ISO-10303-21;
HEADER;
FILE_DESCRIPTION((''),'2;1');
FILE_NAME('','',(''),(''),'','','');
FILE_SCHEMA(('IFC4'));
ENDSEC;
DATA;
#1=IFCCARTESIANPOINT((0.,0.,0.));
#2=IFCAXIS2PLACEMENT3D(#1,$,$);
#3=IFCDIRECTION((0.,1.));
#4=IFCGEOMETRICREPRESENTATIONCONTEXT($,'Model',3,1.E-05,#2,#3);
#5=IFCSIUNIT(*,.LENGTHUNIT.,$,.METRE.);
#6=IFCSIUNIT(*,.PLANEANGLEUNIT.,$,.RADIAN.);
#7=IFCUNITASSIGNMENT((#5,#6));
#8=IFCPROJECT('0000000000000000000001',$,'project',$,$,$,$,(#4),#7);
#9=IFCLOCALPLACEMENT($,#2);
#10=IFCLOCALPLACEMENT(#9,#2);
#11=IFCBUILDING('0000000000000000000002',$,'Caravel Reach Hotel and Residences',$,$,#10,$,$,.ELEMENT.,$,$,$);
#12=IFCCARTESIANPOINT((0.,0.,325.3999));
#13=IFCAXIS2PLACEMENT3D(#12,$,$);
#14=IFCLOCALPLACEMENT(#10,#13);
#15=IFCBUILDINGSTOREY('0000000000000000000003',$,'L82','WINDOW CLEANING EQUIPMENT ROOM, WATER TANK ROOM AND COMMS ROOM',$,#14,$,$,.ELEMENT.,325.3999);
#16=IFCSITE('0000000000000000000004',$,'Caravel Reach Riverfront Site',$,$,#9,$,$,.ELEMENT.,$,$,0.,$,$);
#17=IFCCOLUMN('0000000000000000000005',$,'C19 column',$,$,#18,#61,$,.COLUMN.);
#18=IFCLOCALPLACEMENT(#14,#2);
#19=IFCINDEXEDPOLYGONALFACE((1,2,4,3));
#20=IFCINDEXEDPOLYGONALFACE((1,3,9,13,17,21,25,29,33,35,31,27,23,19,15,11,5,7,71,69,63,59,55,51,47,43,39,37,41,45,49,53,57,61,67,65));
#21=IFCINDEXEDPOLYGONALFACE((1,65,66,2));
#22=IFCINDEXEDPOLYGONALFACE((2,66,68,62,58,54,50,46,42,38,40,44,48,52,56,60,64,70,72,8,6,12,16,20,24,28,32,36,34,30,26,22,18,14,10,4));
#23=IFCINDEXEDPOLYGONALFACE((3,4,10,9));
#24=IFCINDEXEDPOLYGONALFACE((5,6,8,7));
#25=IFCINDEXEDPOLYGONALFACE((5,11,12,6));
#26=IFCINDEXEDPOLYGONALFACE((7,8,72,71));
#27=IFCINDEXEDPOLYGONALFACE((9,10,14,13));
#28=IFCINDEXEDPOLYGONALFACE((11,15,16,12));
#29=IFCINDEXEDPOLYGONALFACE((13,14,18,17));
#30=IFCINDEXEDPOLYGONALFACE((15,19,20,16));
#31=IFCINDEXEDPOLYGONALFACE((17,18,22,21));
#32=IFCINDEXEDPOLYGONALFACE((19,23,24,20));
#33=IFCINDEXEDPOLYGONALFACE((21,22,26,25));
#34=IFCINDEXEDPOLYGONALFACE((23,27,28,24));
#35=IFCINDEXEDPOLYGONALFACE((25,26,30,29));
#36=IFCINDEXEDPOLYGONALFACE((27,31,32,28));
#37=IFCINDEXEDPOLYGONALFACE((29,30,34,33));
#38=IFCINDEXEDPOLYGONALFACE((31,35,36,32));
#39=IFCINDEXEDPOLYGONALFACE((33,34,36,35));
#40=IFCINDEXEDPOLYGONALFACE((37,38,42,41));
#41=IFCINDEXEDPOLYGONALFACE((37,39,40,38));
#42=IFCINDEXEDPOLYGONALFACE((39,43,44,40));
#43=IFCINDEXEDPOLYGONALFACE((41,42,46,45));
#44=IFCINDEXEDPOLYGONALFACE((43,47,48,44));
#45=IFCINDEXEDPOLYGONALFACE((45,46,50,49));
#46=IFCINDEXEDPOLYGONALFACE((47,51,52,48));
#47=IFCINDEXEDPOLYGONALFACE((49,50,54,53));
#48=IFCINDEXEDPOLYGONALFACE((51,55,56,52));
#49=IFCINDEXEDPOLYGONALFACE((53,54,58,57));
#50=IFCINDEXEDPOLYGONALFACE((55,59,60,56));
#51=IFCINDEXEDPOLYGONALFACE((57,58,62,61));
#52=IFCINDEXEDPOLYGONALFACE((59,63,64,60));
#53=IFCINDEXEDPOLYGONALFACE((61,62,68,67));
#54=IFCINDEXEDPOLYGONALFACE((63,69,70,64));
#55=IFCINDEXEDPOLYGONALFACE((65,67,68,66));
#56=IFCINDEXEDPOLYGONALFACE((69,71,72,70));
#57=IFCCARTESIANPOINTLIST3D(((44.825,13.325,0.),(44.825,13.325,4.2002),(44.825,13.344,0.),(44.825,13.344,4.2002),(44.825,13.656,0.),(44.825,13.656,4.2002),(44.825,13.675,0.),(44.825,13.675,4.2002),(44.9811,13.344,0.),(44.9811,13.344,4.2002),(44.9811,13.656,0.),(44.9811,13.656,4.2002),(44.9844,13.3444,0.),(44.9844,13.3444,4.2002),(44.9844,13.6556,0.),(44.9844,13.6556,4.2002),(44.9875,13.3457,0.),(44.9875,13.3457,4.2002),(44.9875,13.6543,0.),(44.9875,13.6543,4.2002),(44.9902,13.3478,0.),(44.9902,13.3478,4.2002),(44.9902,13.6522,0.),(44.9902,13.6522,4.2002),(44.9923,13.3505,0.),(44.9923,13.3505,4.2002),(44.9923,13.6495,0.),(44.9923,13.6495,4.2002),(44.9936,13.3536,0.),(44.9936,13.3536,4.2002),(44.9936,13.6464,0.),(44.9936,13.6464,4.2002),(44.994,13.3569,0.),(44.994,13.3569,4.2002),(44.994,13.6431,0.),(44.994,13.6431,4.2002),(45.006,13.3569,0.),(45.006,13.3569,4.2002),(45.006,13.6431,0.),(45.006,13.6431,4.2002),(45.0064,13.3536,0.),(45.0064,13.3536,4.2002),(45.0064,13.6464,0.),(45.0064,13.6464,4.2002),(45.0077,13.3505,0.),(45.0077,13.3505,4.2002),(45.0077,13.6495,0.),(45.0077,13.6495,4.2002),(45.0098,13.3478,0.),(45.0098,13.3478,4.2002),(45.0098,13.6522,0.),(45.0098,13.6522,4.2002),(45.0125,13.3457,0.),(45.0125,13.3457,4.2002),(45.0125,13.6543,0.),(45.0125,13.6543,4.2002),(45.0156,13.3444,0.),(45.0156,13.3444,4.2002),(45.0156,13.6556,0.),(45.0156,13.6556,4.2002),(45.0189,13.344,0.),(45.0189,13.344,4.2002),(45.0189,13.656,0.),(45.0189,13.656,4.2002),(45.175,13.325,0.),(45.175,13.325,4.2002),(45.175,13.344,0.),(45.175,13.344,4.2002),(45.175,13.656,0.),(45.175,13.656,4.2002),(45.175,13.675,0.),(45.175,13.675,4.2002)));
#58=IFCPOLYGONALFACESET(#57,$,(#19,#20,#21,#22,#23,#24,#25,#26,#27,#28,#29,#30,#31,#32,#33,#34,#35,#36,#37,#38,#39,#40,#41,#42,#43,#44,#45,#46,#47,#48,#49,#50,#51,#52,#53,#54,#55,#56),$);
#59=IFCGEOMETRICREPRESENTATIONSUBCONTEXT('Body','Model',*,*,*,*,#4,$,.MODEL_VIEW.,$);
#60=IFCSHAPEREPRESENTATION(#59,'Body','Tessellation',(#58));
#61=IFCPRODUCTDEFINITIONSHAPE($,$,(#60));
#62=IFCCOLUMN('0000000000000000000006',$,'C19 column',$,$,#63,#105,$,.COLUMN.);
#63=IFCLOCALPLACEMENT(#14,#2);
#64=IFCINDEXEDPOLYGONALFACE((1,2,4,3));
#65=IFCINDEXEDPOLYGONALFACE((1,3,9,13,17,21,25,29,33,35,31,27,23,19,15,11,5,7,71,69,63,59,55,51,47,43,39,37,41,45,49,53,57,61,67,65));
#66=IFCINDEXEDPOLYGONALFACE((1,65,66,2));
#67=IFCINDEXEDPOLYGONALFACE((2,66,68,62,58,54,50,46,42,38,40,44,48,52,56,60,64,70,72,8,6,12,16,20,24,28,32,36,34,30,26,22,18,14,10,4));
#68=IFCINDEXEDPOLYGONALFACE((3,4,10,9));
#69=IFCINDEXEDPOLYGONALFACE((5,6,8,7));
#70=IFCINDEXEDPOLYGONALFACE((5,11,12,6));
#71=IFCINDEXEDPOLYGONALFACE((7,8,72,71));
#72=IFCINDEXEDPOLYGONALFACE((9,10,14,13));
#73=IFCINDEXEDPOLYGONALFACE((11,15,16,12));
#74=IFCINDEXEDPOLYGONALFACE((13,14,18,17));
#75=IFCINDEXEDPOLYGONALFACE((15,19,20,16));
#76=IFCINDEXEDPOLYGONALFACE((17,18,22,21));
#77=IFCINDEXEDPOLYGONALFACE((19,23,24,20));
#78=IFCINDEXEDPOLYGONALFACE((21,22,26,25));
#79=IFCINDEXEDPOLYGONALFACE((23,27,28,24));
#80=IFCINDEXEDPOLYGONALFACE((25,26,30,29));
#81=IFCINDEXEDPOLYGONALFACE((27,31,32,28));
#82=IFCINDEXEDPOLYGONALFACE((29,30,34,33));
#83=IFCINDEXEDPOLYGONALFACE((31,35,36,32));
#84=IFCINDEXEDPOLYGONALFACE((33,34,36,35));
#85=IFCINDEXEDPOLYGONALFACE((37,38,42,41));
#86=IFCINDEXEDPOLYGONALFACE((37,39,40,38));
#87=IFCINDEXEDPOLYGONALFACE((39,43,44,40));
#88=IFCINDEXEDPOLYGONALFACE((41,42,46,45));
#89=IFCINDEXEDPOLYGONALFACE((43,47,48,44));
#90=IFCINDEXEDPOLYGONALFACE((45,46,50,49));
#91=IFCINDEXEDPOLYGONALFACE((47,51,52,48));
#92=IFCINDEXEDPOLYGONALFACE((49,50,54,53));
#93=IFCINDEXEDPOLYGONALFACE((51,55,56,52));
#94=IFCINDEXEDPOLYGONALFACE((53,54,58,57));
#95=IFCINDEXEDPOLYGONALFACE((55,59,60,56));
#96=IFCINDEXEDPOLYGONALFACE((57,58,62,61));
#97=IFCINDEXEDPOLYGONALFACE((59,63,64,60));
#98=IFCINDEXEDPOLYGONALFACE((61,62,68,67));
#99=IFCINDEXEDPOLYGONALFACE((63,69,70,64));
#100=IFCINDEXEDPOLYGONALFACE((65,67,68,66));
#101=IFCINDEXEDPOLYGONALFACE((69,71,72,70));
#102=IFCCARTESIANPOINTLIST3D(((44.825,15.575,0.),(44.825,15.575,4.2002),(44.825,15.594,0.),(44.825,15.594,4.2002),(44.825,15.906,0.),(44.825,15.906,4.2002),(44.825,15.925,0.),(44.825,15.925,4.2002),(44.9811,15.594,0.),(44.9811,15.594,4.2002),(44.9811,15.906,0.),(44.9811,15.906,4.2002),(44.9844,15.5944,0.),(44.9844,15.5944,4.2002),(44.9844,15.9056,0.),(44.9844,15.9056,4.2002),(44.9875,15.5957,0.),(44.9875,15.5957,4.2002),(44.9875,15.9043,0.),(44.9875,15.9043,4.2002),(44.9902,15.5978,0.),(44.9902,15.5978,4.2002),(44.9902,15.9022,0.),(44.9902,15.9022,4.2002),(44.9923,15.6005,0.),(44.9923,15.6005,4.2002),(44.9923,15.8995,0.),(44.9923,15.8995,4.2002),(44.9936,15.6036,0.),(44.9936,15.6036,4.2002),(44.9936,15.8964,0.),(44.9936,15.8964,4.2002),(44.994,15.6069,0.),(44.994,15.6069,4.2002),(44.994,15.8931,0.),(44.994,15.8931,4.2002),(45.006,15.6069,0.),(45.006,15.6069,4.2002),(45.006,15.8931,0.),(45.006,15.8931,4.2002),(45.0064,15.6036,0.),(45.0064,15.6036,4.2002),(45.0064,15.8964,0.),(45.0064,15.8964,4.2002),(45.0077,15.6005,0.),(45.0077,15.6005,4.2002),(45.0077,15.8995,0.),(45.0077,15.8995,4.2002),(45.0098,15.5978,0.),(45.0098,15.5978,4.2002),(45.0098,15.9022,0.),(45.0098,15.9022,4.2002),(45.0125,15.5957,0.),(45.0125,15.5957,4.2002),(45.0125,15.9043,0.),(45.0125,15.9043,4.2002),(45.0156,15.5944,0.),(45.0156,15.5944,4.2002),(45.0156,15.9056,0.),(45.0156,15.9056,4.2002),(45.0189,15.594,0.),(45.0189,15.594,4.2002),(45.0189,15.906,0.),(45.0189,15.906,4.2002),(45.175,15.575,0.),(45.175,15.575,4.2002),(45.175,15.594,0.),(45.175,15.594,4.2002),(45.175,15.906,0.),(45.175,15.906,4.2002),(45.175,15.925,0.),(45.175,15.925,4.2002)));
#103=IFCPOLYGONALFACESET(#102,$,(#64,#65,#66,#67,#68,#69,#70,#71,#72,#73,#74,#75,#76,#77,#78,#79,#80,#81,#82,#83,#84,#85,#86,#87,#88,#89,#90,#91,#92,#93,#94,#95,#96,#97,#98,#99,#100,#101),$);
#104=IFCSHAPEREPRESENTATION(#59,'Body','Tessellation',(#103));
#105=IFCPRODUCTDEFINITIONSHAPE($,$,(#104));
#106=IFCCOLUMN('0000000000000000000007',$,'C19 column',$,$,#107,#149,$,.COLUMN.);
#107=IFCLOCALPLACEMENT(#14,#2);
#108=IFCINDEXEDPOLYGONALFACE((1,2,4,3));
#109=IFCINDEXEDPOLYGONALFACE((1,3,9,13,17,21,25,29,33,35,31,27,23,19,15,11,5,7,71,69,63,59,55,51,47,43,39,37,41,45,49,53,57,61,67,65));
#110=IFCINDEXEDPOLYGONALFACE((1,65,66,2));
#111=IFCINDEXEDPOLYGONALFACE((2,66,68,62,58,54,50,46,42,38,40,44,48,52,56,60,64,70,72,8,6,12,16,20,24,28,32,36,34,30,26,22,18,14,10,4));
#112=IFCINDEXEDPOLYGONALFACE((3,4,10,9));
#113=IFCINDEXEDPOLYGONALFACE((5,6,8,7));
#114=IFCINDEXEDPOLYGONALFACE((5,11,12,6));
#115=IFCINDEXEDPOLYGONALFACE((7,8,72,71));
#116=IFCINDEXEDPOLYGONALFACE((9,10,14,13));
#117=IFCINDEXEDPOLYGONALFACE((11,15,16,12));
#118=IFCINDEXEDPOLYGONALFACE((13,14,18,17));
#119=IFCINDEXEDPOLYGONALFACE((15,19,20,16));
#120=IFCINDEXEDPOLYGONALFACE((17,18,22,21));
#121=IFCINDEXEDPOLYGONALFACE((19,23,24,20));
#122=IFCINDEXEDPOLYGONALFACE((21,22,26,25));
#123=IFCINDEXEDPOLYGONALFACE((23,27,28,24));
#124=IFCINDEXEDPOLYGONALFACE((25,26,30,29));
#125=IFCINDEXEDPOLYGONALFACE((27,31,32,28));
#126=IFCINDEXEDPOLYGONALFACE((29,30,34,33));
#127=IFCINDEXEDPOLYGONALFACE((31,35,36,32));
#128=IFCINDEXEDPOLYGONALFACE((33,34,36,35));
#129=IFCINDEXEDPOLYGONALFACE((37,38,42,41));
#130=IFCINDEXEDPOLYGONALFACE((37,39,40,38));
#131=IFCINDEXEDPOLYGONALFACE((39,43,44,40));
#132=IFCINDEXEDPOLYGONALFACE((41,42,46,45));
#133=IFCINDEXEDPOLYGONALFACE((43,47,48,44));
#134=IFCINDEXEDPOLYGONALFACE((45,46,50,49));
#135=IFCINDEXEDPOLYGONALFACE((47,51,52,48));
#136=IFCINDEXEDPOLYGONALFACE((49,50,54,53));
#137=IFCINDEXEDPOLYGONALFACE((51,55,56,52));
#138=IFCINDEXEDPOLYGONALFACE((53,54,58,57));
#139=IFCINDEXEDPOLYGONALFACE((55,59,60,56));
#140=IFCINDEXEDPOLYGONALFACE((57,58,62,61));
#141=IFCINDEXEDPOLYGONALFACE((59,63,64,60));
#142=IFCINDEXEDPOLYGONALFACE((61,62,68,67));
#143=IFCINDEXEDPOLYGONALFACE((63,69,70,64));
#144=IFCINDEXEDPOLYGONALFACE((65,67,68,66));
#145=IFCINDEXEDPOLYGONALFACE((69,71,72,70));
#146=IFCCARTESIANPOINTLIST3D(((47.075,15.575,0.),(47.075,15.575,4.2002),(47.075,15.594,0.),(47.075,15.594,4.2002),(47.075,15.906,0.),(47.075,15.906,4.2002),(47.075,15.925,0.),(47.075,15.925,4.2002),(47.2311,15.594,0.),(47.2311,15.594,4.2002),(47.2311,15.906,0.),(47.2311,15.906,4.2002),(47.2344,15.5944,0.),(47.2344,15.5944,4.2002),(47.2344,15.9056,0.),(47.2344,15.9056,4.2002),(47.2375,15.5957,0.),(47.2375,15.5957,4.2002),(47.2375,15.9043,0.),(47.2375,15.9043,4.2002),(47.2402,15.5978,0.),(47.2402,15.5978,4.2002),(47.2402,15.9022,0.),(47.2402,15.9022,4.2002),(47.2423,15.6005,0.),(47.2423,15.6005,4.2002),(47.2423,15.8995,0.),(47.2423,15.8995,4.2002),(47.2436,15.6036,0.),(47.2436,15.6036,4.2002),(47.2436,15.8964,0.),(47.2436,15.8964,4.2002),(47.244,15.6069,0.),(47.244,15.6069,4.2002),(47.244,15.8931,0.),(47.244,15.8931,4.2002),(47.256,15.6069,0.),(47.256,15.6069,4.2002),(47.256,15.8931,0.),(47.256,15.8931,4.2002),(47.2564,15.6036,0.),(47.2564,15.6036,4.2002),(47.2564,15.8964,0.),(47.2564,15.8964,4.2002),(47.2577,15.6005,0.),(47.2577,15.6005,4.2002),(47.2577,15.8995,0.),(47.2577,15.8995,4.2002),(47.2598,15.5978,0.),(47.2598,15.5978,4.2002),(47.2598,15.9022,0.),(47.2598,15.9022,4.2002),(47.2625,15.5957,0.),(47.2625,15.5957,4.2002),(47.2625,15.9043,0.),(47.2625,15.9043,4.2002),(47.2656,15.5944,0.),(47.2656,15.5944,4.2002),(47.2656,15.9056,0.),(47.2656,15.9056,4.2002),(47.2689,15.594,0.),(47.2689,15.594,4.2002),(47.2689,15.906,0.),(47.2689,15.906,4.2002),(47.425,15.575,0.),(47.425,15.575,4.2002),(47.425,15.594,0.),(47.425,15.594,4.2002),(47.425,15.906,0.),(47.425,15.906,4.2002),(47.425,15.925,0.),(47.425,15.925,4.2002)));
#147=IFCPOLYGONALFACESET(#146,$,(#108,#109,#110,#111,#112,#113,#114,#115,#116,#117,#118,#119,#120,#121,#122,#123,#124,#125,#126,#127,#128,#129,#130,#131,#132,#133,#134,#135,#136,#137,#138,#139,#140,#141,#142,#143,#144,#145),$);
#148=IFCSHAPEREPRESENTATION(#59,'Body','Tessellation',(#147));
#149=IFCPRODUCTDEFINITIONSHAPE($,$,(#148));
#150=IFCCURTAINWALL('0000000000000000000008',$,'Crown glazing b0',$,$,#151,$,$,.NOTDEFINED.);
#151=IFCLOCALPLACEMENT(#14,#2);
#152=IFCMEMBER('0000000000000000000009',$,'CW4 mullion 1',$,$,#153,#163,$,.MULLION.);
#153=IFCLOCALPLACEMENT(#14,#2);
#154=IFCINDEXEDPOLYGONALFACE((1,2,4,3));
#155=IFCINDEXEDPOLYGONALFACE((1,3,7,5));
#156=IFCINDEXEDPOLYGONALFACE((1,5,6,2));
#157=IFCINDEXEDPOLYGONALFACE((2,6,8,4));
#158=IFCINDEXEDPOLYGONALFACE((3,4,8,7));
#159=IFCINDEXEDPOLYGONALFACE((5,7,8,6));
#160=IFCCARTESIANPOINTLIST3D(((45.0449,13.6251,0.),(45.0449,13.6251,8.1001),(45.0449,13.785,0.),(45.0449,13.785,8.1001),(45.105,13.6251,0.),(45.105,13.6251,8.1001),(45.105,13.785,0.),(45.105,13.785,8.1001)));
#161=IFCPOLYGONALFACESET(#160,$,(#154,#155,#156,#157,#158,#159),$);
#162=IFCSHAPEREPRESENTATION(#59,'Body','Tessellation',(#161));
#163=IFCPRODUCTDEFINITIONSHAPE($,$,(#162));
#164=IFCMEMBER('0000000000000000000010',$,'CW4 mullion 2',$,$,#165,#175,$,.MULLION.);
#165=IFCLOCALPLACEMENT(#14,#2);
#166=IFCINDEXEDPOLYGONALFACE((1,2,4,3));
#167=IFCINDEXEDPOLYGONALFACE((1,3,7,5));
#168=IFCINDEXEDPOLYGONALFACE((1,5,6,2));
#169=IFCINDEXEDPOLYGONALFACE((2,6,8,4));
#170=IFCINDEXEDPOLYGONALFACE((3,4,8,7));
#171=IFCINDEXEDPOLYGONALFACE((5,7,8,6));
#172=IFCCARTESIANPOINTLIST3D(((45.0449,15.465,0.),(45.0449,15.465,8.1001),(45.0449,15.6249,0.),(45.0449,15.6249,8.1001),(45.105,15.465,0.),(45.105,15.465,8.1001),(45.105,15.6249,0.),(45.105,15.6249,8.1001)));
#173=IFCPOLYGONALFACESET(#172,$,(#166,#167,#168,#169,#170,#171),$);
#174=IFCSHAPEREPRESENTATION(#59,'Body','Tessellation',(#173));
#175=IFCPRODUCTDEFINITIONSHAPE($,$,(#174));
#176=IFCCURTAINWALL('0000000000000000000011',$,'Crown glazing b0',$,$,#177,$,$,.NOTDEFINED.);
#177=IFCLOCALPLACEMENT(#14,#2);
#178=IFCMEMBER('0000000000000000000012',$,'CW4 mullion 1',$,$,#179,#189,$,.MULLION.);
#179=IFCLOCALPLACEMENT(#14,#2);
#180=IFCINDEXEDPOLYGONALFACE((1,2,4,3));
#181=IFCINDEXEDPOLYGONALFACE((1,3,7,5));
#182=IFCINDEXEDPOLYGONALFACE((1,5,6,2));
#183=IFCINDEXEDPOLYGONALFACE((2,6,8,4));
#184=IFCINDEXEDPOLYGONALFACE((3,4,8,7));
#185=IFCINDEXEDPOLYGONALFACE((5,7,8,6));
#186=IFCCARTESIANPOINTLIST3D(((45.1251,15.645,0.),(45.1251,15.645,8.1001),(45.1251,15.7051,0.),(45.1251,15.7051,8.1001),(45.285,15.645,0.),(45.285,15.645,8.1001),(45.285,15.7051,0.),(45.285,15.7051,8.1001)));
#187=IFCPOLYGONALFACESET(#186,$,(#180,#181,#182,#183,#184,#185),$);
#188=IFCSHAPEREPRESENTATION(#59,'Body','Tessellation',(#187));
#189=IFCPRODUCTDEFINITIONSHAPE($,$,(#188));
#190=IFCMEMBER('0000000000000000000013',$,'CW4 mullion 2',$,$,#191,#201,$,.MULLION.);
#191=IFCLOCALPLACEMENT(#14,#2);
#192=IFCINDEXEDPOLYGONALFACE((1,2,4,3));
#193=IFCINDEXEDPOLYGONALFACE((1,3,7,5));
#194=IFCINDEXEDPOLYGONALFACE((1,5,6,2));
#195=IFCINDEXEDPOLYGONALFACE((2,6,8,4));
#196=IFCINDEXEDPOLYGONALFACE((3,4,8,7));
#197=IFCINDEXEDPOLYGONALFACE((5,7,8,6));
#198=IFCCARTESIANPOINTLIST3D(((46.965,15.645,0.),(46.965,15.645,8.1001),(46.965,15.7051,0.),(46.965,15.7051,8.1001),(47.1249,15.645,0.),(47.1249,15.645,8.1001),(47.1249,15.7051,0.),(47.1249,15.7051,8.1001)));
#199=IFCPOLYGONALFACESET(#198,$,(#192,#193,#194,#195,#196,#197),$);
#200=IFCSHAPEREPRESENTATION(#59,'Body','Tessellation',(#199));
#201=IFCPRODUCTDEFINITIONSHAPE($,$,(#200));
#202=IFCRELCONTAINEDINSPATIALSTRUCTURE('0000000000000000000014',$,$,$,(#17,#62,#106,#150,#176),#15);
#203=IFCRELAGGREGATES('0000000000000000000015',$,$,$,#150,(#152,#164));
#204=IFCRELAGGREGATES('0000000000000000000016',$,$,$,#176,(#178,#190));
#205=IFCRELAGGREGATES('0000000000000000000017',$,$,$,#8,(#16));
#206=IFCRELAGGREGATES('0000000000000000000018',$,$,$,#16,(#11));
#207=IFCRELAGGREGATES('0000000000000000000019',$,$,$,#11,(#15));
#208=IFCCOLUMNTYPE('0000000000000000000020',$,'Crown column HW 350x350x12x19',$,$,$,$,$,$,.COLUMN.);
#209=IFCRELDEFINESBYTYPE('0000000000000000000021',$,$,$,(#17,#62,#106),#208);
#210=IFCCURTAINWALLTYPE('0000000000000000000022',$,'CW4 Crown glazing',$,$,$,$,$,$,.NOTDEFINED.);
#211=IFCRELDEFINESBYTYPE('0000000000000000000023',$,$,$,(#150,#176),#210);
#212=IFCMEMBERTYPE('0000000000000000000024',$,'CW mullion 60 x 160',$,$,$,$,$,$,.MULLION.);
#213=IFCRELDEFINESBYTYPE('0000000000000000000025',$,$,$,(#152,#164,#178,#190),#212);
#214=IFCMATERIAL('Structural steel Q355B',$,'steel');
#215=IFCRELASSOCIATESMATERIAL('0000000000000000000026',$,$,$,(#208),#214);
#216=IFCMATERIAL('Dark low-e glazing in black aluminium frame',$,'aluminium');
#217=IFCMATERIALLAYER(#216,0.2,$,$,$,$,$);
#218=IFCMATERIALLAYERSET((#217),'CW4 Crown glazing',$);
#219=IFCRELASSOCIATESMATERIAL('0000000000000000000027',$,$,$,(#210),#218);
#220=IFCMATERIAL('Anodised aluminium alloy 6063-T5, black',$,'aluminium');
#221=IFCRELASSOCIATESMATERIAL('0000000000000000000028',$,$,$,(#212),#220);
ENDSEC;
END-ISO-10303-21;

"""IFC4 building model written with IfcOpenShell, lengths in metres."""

from ifc_helpers import new_model, si_unit, direction, frame, origin, origin_2d, place, context, subcontext, project, spatial, rectangle, i_section, extrude, material, layer, layer_set, material_profile, profile_set, type_object, element, aggregate, save


model = new_model("IFC4")

# Units and contexts
model_context = context("Model", 3, precision=1e-05, world=origin(), true_north=direction((0.0, 1.0)))
body_context = subcontext(model_context, "Body", "Model", "MODEL_VIEW")
ifc_project = project(units=[si_unit("LENGTHUNIT", "METRE"), si_unit("PLANEANGLEUNIT", "RADIAN")], contexts=[model_context])

# Site, building, storey
site_placement = place(None, origin())
site = spatial("IfcSite", under=ifc_project, at=site_placement, Name="Caravel Reach Riverfront Site", CompositionType="ELEMENT", RefElevation=0.0)
building_placement = place(site_placement, origin())
building = spatial("IfcBuilding", under=site, at=building_placement, Name="Caravel Reach Hotel and Residences", CompositionType="ELEMENT")
storey_placement = place(building_placement, frame((0.0, 0.0, 325.3999)))
storey = spatial("IfcBuildingStorey", under=building, at=storey_placement, Name="L82", Description="WINDOW CLEANING EQUIPMENT ROOM, WATER TANK ROOM AND COMMS ROOM", CompositionType="ELEMENT", Elevation=325.3999)

# Columns
ifc_material_1 = material(Name="Structural steel Q355B", Category="steel")
ifc_material_profile_1 = material_profile(ifc_material_1, i_section(OverallWidth=0.3501, OverallDepth=0.3501, WebThickness=0.012, FlangeThickness=0.019, FilletRadius=0.0129, at=origin_2d()), Name="HW 350x350x12x19")
ifc_profile_set_1 = profile_set([ifc_material_profile_1], Name="Structural steel Q355B")
column_type = type_object("IfcColumnType", Name="Crown column HW 350x350x12x19", PredefinedType="COLUMN", material=ifc_profile_set_1)
for number, where, z_axis, x_axis, name in (
    (1, (45.0, 13.5, 0.0), (0.0, 0.0, 1.0), (1.0, 0.0, 0.0), "C19 column"),
    (2, (45.0, 15.75, 0.0), (0.0, 0.0, 1.0), (1.0, 0.0, 0.0), "C19 column"),
    (3, (47.25, 15.75, 0.0), (0.0, 0.0, 1.0), (1.0, 0.0, 0.0), "C19 column"),
):
    element("IfcColumn", number, at=place(storey_placement, frame(where, z_axis=z_axis, x_axis=x_axis)), inside=storey, type_object=column_type, Name=name, PredefinedType="COLUMN", context=body_context, shape_type="SweptSolid", body=[
        extrude(i_section(OverallWidth=0.3501, OverallDepth=0.3501, WebThickness=0.012, FlangeThickness=0.019, FilletRadius=0.0129, at=origin_2d()), origin(), (0.0, 0.0, 1.0), 4.2002),
    ])

# Curtain walls, members
ifc_material_2 = material(Name="Dark low-e glazing in black aluminium frame", Category="aluminium")
ifc_layer_1 = layer(ifc_material_2, 0.2)
ifc_layer_set_1 = layer_set([ifc_layer_1], Name="CW4 Crown glazing")
curtain_wall_type = type_object("IfcCurtainWallType", Name="CW4 Crown glazing", PredefinedType="NOTDEFINED", material=ifc_layer_set_1)
curtain_wall_1_placement = place(storey_placement, origin())
curtain_wall_1 = element("IfcCurtainWall", 4, at=curtain_wall_1_placement, inside=storey, type_object=curtain_wall_type, Name="Crown glazing b0", PredefinedType="NOTDEFINED")
ifc_material_3 = material(Name="Anodised aluminium alloy 6063-T5, black", Category="aluminium")
ifc_material_profile_2 = material_profile(ifc_material_3, rectangle(XDim=0.0601, YDim=0.1599, at=origin_2d()), Name="CW mullion 60 x 160")
ifc_profile_set_2 = profile_set([ifc_material_profile_2], Name="Anodised aluminium alloy 6063-T5, black")
member_type_1 = type_object("IfcMemberType", Name="CW mullion 60 x 160", PredefinedType="MULLION", material=ifc_profile_set_2)
member_1_placement = place(storey_placement, frame((45.075, 13.7051, 0.0), z_axis=(0.0, 0.0, 1.0), x_axis=(-1.0, 0.0, 0.0)))
member_1 = element("IfcMember", 5, at=member_1_placement, type_object=member_type_1, Name="CW4 mullion 1", PredefinedType="MULLION", context=body_context, shape_type="SweptSolid", body=[
    extrude(rectangle(XDim=0.0601, YDim=0.1599, at=origin_2d()), origin(), (0.0, 0.0, 1.0), 8.1001),
])
member_2_placement = place(storey_placement, frame((45.075, 15.5449, 0.0), z_axis=(0.0, 0.0, 1.0), x_axis=(-1.0, 0.0, 0.0)))
member_2 = element("IfcMember", 6, at=member_2_placement, type_object=member_type_1, Name="CW4 mullion 2", PredefinedType="MULLION", context=body_context, shape_type="SweptSolid", body=[
    extrude(rectangle(XDim=0.0601, YDim=0.1599, at=origin_2d()), origin(), (0.0, 0.0, 1.0), 8.1001),
])
curtain_wall_2_placement = place(storey_placement, origin())
curtain_wall_2 = element("IfcCurtainWall", 7, at=curtain_wall_2_placement, inside=storey, type_object=curtain_wall_type, Name="Crown glazing b0", PredefinedType="NOTDEFINED")
member_3_placement = place(storey_placement, frame((45.2051, 15.675, 0.0), z_axis=(0.0, 0.0, 1.0), x_axis=(0.0, 1.0, 0.0)))
member_3 = element("IfcMember", 8, at=member_3_placement, type_object=member_type_1, Name="CW4 mullion 1", PredefinedType="MULLION", context=body_context, shape_type="SweptSolid", body=[
    extrude(rectangle(XDim=0.0601, YDim=0.1599, at=origin_2d()), origin(), (0.0, 0.0, 1.0), 8.1001),
])
member_4_placement = place(storey_placement, frame((47.0449, 15.675, 0.0), z_axis=(0.0, 0.0, 1.0), x_axis=(0.0, 1.0, 0.0)))
member_4 = element("IfcMember", 9, at=member_4_placement, type_object=member_type_1, Name="CW4 mullion 2", PredefinedType="MULLION", context=body_context, shape_type="SweptSolid", body=[
    extrude(rectangle(XDim=0.0601, YDim=0.1599, at=origin_2d()), origin(), (0.0, 0.0, 1.0), 8.1001),
])

aggregate(curtain_wall_1, [member_1, member_2])
aggregate(curtain_wall_2, [member_3, member_4])

save(model, "model.ifc")
